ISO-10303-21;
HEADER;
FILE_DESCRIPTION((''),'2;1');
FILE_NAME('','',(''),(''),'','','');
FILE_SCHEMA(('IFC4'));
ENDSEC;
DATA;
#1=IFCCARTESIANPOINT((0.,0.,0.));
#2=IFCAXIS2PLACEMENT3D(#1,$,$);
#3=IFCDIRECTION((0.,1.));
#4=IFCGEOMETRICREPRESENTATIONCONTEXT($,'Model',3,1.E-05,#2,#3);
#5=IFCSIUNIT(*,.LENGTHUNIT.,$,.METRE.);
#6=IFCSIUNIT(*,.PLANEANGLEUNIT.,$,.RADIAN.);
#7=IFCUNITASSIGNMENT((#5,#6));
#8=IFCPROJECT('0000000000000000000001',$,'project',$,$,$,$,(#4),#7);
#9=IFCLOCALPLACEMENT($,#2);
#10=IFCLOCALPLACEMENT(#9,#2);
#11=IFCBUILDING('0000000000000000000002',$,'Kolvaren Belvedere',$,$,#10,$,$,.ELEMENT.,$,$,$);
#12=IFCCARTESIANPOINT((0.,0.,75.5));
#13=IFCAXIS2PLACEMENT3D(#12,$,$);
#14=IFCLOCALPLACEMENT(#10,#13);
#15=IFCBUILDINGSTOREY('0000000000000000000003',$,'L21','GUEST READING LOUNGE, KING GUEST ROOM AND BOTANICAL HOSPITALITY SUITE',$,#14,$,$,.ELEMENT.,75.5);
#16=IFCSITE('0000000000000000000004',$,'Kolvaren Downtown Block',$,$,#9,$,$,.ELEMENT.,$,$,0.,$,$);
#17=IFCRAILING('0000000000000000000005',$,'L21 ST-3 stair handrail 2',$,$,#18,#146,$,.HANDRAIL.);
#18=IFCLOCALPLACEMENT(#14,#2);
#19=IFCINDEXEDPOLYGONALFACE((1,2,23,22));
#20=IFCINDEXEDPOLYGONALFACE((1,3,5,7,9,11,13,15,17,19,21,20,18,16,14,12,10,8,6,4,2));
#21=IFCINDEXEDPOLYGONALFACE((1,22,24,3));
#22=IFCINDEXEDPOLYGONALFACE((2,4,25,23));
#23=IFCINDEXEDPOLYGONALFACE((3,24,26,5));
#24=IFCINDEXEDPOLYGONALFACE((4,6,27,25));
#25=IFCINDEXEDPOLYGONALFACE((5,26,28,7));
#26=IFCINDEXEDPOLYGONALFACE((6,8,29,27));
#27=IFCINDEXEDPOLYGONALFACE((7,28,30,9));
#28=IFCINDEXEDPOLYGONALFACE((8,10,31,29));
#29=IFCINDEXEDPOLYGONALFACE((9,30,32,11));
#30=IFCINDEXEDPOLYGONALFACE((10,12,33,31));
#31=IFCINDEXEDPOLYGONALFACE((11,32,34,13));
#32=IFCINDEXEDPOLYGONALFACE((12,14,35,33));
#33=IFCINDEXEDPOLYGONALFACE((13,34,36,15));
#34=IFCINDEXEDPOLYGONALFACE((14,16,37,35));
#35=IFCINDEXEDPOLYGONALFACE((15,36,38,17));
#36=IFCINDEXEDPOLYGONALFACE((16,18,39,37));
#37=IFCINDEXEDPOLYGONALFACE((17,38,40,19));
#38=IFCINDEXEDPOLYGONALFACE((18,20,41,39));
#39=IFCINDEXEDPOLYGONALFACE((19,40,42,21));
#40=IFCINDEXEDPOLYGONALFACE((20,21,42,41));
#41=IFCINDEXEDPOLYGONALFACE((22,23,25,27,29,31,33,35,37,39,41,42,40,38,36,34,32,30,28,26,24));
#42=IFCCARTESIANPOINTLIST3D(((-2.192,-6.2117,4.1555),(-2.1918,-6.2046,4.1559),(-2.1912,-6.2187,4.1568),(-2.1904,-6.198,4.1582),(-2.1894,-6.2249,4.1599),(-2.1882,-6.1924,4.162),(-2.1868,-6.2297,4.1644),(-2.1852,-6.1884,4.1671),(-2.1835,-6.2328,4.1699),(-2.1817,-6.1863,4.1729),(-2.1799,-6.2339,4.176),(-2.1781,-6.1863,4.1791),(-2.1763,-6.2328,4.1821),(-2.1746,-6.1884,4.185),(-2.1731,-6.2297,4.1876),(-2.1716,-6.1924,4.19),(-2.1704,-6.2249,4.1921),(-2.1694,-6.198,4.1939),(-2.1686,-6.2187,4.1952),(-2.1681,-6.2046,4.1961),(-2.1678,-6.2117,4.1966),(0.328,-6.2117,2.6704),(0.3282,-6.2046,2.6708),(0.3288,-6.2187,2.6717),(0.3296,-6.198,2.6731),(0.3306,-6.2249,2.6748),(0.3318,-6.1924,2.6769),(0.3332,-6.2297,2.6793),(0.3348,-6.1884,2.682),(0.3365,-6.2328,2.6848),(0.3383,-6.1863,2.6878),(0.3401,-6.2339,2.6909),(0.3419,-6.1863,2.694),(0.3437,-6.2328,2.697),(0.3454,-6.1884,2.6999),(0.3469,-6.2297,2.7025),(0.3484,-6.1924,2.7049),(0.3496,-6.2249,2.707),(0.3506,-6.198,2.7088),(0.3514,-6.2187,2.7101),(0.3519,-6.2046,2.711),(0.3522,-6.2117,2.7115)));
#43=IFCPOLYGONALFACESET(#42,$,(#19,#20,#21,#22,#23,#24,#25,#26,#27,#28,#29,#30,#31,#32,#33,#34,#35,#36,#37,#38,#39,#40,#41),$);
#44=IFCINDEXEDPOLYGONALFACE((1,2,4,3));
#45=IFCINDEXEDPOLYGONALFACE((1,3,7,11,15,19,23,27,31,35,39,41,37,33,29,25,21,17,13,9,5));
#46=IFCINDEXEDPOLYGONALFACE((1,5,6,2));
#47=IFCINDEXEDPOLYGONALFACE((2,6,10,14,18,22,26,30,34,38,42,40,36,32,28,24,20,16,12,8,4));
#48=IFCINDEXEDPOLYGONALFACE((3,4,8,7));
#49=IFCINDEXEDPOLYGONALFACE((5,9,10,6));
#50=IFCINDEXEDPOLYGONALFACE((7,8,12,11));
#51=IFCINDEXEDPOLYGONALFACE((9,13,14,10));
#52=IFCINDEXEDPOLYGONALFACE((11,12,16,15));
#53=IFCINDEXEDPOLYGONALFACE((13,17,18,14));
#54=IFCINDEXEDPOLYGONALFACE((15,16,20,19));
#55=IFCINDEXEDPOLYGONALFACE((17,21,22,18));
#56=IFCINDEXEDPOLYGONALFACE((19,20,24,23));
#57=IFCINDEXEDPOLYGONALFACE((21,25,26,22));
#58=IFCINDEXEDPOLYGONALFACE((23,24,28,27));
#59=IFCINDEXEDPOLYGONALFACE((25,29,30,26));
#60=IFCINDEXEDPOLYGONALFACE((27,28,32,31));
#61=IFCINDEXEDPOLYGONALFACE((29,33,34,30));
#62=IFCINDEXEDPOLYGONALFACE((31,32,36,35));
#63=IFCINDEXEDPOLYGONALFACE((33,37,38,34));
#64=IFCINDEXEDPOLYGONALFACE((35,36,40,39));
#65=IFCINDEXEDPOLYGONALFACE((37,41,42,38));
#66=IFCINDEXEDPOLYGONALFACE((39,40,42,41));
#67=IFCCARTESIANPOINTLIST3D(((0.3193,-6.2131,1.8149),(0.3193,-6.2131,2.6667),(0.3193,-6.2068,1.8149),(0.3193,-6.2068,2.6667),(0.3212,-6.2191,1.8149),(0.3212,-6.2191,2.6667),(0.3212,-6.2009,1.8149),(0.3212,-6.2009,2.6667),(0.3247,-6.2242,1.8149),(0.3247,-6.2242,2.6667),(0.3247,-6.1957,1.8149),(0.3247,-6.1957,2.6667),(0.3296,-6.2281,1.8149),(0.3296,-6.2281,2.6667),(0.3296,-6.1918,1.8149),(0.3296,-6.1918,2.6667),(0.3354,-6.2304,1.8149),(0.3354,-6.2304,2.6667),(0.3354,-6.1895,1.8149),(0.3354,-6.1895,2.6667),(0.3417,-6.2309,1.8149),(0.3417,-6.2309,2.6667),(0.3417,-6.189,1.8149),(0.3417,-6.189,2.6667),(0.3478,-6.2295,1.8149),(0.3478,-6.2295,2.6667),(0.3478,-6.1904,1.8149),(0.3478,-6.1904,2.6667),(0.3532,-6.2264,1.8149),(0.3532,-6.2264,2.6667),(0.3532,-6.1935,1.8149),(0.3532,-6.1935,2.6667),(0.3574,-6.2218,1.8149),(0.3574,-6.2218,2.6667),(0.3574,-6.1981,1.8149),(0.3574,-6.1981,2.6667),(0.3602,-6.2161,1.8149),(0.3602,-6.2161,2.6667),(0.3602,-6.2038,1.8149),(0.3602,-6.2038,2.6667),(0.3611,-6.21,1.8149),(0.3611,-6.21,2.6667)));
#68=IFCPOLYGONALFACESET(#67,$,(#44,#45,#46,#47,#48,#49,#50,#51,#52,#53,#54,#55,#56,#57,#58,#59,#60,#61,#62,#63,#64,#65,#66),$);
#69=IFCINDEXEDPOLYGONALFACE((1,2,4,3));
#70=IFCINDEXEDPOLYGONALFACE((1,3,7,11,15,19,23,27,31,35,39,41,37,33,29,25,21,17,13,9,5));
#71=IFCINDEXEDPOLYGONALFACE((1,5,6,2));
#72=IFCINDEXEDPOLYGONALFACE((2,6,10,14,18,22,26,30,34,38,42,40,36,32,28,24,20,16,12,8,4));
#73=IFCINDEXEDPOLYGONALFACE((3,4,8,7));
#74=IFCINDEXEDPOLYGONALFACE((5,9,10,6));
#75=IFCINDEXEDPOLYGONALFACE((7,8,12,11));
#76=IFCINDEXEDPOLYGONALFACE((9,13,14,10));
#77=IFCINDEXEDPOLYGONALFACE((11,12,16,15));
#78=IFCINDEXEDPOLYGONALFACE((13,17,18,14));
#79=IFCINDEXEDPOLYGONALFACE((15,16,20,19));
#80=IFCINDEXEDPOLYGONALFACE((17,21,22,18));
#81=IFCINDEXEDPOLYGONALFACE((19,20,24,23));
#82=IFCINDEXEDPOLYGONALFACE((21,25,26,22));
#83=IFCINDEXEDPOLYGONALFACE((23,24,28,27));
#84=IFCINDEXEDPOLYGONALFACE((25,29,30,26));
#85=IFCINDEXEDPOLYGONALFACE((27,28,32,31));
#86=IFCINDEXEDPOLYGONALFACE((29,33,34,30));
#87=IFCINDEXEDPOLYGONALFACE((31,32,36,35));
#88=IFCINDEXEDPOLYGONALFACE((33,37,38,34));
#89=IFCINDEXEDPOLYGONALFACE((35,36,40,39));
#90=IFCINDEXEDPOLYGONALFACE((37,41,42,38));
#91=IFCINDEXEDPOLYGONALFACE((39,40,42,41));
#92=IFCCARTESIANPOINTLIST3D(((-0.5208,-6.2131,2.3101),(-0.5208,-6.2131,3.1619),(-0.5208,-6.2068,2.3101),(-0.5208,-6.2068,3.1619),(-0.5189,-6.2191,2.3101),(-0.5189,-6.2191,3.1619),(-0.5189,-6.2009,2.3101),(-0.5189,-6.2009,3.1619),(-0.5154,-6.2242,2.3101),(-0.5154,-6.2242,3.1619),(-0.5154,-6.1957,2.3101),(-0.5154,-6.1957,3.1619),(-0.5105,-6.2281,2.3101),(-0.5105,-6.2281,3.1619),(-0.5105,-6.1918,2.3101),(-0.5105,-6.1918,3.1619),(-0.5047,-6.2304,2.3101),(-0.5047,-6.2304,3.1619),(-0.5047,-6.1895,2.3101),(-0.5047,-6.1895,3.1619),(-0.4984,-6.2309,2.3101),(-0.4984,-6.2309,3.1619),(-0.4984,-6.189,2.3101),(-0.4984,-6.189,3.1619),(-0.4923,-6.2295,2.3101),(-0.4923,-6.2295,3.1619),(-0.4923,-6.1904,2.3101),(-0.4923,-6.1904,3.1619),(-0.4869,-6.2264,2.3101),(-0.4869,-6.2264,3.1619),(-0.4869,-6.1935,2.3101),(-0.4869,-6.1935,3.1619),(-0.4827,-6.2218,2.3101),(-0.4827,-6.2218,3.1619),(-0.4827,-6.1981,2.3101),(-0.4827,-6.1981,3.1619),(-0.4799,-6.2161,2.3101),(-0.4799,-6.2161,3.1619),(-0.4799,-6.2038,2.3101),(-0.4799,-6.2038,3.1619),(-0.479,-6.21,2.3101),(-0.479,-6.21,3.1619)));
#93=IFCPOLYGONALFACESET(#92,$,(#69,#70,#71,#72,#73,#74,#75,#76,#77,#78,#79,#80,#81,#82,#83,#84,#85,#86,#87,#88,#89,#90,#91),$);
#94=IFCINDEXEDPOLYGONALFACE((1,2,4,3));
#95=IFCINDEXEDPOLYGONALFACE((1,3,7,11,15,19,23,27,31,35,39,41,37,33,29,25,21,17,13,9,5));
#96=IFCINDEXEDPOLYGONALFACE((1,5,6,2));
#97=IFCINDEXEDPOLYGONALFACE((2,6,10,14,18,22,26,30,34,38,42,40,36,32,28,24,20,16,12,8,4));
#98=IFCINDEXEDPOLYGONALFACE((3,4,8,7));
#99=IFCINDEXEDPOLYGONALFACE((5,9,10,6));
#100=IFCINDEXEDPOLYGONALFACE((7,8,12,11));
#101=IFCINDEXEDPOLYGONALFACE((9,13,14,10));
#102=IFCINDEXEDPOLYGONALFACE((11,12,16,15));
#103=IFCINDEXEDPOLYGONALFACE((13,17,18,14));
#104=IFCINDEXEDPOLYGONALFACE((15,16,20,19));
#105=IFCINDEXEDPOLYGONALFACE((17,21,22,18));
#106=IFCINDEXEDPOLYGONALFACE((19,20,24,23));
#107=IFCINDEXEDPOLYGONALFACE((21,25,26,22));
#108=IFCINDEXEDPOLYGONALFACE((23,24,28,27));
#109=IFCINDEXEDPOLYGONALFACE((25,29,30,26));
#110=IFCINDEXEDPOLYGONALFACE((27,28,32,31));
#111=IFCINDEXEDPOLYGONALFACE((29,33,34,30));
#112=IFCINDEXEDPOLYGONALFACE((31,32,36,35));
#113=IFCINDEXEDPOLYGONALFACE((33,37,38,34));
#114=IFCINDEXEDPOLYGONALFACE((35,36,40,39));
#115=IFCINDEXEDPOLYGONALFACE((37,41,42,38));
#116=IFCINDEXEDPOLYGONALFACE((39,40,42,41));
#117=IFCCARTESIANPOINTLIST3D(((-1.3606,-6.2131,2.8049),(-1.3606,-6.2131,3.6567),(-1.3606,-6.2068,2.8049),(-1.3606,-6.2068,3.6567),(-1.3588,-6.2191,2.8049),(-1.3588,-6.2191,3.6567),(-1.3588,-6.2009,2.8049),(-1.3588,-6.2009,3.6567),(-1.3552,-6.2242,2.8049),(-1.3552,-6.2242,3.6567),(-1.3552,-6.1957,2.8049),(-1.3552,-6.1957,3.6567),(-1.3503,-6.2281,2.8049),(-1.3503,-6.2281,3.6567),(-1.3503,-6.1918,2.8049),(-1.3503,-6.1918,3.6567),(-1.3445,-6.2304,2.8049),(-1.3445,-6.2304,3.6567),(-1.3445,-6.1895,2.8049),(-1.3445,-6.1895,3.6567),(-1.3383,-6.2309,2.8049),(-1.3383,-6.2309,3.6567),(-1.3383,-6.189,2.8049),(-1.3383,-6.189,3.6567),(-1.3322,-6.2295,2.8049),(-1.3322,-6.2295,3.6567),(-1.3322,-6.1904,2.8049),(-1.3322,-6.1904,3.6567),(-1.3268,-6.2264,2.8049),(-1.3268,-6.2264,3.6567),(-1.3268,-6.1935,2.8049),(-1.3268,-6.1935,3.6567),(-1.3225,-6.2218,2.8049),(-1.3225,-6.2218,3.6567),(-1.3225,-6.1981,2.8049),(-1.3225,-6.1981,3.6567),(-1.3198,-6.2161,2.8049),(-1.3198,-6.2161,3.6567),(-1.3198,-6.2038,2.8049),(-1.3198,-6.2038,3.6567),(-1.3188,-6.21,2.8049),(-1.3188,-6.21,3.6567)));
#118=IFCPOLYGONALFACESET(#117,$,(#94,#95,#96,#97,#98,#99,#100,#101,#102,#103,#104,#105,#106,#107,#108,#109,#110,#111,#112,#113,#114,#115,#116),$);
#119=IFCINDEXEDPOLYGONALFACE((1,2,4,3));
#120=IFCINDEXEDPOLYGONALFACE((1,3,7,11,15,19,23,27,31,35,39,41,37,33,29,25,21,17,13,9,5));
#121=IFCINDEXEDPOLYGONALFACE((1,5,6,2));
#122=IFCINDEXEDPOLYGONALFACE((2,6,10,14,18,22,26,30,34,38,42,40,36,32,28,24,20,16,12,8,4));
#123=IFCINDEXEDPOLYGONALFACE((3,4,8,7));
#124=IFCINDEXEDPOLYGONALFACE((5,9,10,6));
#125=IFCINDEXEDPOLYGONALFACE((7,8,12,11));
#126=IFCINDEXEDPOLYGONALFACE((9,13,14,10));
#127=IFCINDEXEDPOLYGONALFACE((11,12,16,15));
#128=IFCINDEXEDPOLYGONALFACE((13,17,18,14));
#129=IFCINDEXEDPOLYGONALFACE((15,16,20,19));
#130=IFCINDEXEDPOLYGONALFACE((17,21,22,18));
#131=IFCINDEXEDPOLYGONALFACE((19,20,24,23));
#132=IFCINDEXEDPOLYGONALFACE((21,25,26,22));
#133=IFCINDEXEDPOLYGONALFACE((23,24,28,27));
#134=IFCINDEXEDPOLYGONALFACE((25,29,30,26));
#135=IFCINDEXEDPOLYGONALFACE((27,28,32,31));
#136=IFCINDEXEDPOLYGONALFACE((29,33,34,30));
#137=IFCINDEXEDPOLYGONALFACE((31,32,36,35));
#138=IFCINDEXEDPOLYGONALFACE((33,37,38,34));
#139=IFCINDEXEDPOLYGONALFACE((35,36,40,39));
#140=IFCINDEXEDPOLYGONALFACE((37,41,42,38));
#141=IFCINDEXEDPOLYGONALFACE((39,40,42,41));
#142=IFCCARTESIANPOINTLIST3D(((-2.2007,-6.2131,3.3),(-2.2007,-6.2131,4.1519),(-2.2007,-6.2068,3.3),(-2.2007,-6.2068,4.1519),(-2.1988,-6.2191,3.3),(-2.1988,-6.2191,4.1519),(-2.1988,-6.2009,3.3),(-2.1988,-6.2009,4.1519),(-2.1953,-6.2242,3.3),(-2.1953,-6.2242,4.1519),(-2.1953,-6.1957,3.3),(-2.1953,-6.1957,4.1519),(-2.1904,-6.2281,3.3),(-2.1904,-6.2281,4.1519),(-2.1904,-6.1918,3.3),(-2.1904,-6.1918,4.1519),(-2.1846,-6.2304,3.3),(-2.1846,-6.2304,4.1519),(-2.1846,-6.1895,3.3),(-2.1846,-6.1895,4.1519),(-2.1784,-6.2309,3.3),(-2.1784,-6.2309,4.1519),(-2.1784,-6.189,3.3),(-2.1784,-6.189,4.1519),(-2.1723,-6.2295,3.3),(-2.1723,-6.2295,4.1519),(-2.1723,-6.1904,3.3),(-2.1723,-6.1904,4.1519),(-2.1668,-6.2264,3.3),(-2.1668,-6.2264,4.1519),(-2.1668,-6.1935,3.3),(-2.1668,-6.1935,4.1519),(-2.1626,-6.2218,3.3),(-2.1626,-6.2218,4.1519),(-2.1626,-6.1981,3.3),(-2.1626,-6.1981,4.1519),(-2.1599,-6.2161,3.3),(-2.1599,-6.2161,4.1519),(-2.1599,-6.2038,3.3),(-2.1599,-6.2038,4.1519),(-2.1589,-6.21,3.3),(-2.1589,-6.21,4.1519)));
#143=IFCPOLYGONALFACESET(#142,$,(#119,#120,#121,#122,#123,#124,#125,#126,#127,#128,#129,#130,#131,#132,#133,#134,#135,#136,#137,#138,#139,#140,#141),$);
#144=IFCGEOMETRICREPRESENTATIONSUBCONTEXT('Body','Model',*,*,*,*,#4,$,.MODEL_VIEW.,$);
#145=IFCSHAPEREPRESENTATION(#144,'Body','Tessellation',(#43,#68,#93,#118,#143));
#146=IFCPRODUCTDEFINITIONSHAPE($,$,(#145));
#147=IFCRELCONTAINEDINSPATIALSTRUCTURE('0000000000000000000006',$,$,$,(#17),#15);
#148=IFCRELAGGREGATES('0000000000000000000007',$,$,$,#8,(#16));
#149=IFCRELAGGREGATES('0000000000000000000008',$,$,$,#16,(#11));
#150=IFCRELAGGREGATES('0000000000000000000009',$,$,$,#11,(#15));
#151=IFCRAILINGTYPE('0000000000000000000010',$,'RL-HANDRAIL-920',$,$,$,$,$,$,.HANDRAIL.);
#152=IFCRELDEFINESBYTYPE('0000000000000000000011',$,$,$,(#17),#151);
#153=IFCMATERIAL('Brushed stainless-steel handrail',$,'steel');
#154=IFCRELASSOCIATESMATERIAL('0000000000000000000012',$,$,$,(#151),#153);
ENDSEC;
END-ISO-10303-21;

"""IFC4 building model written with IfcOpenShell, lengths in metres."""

from ifc_helpers import new_model, si_unit, direction, frame, origin, origin_2d, place, context, subcontext, project, spatial, circle, extrude, material, type_object, element, save


model = new_model("IFC4")

# Units and contexts
model_context = context("Model", 3, precision=1e-05, world=origin(), true_north=direction((0.0, 1.0)))
body_context = subcontext(model_context, "Body", "Model", "MODEL_VIEW")
ifc_project = project(units=[si_unit("LENGTHUNIT", "METRE"), si_unit("PLANEANGLEUNIT", "RADIAN")], contexts=[model_context])

# Site, building, storey
site_placement = place(None, origin())
site = spatial("IfcSite", under=ifc_project, at=site_placement, Name="Kolvaren Downtown Block", CompositionType="ELEMENT", RefElevation=0.0)
building_placement = place(site_placement, origin())
building = spatial("IfcBuilding", under=site, at=building_placement, Name="Kolvaren Belvedere", CompositionType="ELEMENT")
storey_placement = place(building_placement, frame((0.0, 0.0, 75.5)))
storey = spatial("IfcBuildingStorey", under=building, at=storey_placement, Name="L21", Description="GUEST READING LOUNGE, KING GUEST ROOM AND BOTANICAL HOSPITALITY SUITE", CompositionType="ELEMENT", Elevation=75.5)

# Railing
ifc_material_1 = material(Name="Brushed stainless-steel handrail", Category="steel")
railing_type_1 = type_object("IfcRailingType", Name="RL-HANDRAIL-920", PredefinedType="HANDRAIL", material=ifc_material_1)
railing_1_placement = place(storey_placement, frame((0.3401, -6.21, 1.8149)))
element("IfcRailing", 1, at=railing_1_placement, inside=storey, type_object=railing_type_1, Name="L21 ST-3 stair handrail 2", PredefinedType="HANDRAIL", context=body_context, shape_type="SweptSolid", body=[
    extrude(circle(Radius=0.0239, at=origin_2d()), frame((0.0, 0.0, 0.876), z_axis=(-0.861524, 0.0, 0.507717), x_axis=(0.0, -1.0, 0.0)), (0.0, 0.0, 1.0), 2.925),
    extrude(circle(Radius=0.021, at=origin_2d()), origin(), (0.0, 0.0, 1.0), 0.8518),
    extrude(circle(Radius=0.021, at=origin_2d()), frame((-0.8401, 0.0, 0.4951)), (0.0, 0.0, 1.0), 0.8518),
    extrude(circle(Radius=0.021, at=origin_2d()), frame((-1.6799, 0.0, 0.99)), (0.0, 0.0, 1.0), 0.8518),
    extrude(circle(Radius=0.021, at=origin_2d()), frame((-2.52, 0.0, 1.4851)), (0.0, 0.0, 1.0), 0.8518),
])

save(model, "model.ifc")
